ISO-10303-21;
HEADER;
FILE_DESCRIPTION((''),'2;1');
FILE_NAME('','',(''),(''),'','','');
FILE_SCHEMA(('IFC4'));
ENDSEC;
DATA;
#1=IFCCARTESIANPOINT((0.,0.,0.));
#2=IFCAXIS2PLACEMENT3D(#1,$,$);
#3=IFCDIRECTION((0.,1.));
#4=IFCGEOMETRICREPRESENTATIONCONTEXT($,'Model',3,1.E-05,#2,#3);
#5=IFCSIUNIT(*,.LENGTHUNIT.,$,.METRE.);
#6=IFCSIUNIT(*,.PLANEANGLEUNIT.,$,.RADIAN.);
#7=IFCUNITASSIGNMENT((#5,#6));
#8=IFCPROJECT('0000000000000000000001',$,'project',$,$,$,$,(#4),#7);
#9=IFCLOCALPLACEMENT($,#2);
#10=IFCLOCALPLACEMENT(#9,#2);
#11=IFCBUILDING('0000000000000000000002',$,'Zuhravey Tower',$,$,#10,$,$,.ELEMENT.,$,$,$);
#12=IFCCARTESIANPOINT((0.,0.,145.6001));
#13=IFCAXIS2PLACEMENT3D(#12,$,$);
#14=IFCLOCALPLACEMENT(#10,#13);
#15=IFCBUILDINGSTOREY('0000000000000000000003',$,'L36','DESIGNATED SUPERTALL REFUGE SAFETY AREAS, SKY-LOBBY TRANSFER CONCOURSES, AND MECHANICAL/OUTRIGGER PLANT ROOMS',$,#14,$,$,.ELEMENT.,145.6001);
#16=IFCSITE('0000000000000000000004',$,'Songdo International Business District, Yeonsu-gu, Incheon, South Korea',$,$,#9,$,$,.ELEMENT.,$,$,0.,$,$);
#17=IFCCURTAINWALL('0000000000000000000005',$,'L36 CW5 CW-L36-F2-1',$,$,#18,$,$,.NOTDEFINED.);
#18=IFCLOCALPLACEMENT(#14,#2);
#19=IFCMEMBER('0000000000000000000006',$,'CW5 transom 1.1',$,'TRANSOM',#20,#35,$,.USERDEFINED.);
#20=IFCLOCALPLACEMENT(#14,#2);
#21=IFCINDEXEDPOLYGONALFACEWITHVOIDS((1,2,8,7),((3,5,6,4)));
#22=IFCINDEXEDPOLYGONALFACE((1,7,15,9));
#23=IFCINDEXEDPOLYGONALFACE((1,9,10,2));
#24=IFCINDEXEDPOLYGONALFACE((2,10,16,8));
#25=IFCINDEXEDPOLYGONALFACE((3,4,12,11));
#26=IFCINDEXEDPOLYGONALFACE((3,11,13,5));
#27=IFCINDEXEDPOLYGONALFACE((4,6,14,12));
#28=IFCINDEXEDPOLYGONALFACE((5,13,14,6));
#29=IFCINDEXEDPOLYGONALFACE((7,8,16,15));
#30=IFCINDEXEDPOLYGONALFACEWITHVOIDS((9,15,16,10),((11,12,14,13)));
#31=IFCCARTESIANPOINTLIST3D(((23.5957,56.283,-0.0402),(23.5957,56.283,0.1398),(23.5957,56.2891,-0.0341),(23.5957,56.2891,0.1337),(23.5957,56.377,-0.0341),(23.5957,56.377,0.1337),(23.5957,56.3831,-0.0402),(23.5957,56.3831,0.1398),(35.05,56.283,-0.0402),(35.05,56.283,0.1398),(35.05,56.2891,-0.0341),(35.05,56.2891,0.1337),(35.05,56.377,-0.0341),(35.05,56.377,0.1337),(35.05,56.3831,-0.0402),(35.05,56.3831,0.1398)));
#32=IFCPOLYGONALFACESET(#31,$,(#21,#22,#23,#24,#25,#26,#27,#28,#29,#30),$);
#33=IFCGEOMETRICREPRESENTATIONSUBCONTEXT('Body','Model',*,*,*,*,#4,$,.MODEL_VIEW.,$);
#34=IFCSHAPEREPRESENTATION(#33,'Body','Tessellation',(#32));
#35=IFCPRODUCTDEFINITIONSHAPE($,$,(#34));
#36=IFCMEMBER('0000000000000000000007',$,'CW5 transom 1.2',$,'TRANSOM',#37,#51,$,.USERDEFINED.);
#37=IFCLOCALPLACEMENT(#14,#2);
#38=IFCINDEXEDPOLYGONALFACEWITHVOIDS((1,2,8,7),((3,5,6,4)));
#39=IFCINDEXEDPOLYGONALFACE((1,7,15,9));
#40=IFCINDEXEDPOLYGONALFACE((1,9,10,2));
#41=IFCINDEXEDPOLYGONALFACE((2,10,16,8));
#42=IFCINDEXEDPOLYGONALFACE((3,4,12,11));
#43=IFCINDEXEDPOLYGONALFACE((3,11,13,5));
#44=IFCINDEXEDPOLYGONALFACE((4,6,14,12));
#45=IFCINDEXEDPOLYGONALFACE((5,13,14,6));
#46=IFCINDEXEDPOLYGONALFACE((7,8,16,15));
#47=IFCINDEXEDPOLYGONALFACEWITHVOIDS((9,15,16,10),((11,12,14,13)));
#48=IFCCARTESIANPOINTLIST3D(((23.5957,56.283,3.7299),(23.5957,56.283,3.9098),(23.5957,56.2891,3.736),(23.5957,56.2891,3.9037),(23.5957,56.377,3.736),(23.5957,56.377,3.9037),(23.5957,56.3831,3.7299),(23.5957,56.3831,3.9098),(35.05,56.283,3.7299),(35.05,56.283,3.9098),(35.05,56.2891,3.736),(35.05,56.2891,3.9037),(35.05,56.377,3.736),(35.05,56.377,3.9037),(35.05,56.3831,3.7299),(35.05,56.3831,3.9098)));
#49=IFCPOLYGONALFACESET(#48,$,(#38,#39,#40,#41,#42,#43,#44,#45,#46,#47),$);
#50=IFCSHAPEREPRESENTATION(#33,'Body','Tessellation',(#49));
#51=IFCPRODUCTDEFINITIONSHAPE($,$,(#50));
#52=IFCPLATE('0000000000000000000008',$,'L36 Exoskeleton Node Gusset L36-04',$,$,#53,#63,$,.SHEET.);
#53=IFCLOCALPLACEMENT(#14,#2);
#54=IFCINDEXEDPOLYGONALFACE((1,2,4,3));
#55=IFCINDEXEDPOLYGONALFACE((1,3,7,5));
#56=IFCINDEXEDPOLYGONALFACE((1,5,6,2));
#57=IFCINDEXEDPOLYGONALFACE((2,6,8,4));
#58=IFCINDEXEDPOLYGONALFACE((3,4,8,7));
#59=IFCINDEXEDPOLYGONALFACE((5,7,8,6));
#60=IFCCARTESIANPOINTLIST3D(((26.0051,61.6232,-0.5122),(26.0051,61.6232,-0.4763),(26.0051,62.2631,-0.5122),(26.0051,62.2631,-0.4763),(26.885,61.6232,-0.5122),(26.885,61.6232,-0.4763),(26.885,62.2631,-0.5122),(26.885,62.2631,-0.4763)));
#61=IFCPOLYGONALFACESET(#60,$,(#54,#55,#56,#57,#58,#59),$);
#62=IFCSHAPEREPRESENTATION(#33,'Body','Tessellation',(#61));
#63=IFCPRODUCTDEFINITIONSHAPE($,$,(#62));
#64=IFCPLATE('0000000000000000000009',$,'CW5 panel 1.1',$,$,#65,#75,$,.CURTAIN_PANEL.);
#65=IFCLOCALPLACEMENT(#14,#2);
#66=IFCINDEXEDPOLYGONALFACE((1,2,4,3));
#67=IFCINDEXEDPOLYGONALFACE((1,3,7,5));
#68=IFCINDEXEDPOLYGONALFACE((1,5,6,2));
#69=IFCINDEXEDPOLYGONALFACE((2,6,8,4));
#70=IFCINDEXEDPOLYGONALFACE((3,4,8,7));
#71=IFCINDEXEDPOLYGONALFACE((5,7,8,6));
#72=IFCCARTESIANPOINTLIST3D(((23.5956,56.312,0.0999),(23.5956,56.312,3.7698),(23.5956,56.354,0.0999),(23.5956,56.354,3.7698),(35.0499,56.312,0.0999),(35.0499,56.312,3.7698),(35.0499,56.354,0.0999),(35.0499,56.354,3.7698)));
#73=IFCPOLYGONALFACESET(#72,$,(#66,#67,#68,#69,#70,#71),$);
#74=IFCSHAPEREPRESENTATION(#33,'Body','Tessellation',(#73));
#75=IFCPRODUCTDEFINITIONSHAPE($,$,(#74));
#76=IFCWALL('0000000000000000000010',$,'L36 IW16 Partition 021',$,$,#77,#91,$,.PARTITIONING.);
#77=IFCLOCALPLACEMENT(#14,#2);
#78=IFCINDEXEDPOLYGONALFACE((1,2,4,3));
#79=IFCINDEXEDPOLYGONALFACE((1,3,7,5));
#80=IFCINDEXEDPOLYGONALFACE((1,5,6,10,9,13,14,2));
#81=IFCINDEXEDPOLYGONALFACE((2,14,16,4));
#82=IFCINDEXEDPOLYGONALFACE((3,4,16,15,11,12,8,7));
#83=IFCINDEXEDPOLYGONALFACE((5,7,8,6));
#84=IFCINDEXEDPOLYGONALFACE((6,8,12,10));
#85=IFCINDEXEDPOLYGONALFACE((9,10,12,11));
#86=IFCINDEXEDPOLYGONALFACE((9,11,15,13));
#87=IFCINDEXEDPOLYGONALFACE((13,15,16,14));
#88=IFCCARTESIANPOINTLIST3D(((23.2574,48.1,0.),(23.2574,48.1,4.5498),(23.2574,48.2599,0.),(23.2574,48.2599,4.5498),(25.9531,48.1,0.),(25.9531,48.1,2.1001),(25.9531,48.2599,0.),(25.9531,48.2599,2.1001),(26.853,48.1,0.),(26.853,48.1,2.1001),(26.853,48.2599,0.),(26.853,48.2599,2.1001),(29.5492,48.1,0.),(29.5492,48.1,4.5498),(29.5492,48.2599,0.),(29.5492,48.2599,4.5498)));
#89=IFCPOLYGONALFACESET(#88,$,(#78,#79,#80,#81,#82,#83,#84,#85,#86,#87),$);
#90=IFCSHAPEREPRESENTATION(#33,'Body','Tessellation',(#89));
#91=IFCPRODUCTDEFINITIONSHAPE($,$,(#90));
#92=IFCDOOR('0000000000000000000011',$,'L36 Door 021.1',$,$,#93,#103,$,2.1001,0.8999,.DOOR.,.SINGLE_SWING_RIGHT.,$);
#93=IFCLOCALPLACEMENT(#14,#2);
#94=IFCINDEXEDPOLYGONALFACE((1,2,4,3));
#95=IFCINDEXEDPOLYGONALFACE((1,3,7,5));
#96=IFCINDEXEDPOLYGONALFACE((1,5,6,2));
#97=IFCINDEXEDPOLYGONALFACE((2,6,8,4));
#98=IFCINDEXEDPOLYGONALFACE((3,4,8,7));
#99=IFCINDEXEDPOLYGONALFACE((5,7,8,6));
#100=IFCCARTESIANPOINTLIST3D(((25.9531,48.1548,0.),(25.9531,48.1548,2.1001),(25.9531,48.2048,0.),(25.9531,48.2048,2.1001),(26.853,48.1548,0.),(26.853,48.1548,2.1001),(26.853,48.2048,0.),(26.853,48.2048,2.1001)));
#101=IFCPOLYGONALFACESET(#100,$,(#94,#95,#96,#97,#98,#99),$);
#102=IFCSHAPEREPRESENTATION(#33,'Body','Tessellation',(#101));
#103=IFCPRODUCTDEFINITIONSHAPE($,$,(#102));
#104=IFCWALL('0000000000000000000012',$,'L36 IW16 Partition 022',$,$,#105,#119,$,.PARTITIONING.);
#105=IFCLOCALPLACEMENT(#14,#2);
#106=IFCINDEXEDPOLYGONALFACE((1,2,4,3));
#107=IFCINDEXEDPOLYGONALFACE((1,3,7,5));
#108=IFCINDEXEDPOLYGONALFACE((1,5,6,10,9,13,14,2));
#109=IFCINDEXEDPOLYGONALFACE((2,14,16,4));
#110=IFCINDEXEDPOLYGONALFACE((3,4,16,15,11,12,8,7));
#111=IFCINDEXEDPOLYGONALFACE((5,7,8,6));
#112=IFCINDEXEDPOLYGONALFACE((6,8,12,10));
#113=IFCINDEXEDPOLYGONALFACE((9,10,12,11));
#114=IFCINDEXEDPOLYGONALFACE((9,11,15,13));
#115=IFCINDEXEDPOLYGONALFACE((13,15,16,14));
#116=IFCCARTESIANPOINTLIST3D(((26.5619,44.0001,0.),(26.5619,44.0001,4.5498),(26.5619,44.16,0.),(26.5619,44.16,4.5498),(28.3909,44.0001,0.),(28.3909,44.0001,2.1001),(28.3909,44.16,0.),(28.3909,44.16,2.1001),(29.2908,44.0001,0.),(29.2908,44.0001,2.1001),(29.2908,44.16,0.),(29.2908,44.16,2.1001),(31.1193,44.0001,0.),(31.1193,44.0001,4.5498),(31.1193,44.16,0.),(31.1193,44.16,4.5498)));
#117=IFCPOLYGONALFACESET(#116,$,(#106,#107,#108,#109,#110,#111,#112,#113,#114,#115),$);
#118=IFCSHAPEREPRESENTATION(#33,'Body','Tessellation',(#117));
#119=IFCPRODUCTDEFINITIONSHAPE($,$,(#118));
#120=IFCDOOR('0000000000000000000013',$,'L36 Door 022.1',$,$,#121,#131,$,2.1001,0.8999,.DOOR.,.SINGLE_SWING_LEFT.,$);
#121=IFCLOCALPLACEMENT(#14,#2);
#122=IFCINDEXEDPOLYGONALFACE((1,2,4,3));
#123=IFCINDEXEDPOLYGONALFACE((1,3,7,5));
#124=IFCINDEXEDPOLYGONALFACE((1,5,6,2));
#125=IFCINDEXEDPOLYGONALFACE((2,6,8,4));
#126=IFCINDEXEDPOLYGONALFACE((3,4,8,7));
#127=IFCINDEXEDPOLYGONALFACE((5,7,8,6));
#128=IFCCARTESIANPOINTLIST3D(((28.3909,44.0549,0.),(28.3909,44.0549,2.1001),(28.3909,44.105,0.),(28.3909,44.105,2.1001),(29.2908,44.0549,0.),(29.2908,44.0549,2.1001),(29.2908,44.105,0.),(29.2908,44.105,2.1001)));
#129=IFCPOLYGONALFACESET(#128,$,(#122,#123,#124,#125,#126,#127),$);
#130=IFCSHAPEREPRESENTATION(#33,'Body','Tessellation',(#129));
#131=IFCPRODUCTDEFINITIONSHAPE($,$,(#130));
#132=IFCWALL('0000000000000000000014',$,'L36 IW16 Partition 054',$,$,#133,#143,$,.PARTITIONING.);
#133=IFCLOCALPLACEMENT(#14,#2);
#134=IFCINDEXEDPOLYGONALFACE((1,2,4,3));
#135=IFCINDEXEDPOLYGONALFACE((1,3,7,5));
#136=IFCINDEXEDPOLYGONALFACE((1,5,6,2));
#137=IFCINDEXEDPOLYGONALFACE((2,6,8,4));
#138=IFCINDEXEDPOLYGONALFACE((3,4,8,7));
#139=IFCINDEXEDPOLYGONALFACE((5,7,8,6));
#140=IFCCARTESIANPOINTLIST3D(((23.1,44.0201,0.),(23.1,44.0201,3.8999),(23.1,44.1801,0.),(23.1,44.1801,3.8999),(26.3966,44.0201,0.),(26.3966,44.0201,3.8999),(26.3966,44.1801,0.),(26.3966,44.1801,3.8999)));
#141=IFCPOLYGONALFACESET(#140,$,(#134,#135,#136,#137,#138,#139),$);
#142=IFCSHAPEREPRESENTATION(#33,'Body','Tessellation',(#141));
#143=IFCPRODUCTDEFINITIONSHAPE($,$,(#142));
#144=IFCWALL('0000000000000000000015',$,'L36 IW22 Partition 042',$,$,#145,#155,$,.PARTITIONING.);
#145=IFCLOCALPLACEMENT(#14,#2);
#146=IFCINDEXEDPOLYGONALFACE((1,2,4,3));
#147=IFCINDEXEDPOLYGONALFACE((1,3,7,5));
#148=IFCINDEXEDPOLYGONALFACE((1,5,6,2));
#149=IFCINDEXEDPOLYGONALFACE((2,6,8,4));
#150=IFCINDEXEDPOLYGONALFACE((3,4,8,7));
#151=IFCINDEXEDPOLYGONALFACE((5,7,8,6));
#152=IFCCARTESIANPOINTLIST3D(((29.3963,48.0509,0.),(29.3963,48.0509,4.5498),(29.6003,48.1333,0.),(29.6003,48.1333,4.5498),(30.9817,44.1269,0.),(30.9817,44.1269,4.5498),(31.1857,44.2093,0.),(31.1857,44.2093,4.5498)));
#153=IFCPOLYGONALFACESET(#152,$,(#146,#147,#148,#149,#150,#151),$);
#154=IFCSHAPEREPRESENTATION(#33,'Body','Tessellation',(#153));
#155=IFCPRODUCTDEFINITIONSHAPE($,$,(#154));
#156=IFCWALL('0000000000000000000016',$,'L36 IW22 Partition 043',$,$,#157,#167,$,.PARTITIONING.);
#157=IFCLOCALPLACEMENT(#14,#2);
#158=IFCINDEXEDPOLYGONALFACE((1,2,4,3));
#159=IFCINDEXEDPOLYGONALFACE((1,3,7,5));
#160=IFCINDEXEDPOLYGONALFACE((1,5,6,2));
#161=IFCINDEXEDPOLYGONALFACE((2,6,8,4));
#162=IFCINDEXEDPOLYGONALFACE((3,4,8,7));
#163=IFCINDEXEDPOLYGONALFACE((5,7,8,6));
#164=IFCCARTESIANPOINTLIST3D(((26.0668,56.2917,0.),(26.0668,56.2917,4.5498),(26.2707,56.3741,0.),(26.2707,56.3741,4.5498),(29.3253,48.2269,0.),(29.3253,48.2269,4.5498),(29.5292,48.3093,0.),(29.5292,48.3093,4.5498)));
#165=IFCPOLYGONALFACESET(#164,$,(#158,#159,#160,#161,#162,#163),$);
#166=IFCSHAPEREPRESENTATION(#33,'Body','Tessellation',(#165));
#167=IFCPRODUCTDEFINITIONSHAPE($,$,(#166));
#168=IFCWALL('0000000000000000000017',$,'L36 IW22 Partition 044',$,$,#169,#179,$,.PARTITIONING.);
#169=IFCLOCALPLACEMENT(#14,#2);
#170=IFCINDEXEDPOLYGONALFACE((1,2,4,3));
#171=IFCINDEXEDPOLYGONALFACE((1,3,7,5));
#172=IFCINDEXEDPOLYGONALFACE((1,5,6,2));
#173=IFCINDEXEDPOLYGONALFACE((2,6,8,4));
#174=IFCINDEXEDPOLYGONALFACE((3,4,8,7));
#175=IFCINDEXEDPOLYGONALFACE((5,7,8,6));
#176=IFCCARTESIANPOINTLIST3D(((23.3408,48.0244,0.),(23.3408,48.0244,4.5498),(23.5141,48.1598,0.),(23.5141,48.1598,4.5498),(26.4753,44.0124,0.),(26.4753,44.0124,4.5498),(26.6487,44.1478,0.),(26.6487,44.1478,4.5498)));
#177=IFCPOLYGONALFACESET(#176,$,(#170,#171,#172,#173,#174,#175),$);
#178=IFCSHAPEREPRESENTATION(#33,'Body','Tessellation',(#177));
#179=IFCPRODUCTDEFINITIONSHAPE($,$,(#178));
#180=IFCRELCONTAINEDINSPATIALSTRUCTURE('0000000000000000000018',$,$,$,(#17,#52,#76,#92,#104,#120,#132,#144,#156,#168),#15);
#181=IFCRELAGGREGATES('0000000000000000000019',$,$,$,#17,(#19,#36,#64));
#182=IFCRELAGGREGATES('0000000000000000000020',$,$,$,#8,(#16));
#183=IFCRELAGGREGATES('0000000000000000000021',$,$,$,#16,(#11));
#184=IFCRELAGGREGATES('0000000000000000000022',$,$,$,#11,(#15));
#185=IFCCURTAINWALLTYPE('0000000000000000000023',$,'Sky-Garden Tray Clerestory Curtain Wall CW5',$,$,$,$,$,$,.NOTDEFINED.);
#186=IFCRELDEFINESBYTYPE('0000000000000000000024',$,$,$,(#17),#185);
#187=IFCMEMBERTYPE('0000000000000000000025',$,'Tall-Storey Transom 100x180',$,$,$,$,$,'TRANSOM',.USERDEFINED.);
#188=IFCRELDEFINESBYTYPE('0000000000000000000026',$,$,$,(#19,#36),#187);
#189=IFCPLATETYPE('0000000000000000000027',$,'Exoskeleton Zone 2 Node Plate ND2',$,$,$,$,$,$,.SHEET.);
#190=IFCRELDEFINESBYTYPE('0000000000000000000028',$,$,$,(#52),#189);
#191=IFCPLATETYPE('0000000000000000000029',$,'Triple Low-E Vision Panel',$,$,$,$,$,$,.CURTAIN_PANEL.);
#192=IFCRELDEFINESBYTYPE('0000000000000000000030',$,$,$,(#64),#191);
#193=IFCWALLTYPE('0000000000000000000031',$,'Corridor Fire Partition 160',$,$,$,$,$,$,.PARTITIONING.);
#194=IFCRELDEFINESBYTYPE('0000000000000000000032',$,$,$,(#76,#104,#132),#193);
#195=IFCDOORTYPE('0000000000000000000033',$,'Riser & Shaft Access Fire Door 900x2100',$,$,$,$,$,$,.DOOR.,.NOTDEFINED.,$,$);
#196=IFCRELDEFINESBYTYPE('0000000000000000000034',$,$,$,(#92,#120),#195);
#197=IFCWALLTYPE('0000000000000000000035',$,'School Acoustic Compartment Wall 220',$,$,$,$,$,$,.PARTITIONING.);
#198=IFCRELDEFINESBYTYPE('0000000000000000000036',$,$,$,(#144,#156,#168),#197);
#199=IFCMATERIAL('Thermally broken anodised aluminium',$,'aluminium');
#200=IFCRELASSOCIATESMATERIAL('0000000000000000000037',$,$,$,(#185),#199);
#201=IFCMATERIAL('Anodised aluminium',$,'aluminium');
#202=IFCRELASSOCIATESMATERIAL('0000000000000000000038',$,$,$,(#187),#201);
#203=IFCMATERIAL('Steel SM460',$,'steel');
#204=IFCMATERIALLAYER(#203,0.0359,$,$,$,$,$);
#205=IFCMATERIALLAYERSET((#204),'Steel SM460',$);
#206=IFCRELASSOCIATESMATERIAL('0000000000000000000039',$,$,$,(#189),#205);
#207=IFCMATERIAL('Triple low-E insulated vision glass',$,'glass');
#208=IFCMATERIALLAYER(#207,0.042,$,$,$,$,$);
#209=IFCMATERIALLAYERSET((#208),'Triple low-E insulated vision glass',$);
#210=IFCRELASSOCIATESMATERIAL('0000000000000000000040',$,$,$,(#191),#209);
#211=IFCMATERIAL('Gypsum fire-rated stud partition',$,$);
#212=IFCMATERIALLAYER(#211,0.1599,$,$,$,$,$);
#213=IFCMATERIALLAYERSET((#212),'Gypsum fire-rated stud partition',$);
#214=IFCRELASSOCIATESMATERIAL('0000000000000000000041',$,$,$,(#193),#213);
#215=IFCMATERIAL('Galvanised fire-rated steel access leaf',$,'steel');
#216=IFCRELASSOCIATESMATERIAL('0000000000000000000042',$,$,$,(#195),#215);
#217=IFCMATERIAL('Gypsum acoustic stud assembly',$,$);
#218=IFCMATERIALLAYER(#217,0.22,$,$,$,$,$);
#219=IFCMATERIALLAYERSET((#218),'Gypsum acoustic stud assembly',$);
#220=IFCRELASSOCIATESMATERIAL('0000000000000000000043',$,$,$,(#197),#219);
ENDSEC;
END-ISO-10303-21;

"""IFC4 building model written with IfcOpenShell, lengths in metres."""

from ifc_helpers import new_model, si_unit, direction, frame, frame_2d, origin, origin_2d, place, context, subcontext, project, spatial, rectangle, hollow_rectangle, extrude, material, layer, layer_set, material_profile, profile_set, type_object, element, fill, aggregate, save


model = new_model("IFC4")

# Units and contexts
model_context = context("Model", 3, precision=1e-05, world=origin(), true_north=direction((0.0, 1.0)))
body_context = subcontext(model_context, "Body", "Model", "MODEL_VIEW")
ifc_project = project(units=[si_unit("LENGTHUNIT", "METRE"), si_unit("PLANEANGLEUNIT", "RADIAN")], contexts=[model_context])

# Site, building, storey
site_placement = place(None, origin())
site = spatial("IfcSite", under=ifc_project, at=site_placement, Name="Songdo International Business District, Yeonsu-gu, Incheon, South Korea", CompositionType="ELEMENT", RefElevation=0.0)
building_placement = place(site_placement, origin())
building = spatial("IfcBuilding", under=site, at=building_placement, Name="Zuhravey Tower", CompositionType="ELEMENT")
storey_placement = place(building_placement, frame((0.0, 0.0, 145.6001)))
storey = spatial("IfcBuildingStorey", under=building, at=storey_placement, Name="L36", Description="DESIGNATED SUPERTALL REFUGE SAFETY AREAS, SKY-LOBBY TRANSFER CONCOURSES, AND MECHANICAL/OUTRIGGER PLANT ROOMS", CompositionType="ELEMENT", Elevation=145.6001)

# Shared definitions
ifc_material_1 = material(Name="Steel SM460", Category="steel")

# Curtain wall
ifc_material_2 = material(Name="Thermally broken anodised aluminium", Category="aluminium")
curtain_wall_type = type_object("IfcCurtainWallType", Name="Sky-Garden Tray Clerestory Curtain Wall CW5", PredefinedType="NOTDEFINED", material=ifc_material_2)
curtain_wall_placement = place(storey_placement, origin())
curtain_wall = element("IfcCurtainWall", 1, at=curtain_wall_placement, inside=storey, type_object=curtain_wall_type, Name="L36 CW5 CW-L36-F2-1", PredefinedType="NOTDEFINED")
ifc_material_3 = material(Name="Anodised aluminium", Category="aluminium")

# Members
ifc_material_profile_1 = material_profile(ifc_material_3, hollow_rectangle(XDim=0.1001, YDim=0.1799, WallThickness=0.0061, at=origin_2d()), Name="ALU-RHS-100x180x6")
ifc_profile_set_1 = profile_set([ifc_material_profile_1], Name="Anodised aluminium")
member_type_1 = type_object("IfcMemberType", Name="Tall-Storey Transom 100x180", ElementType="TRANSOM", PredefinedType="USERDEFINED", material=ifc_profile_set_1)
member_1_placement = place(storey_placement, frame((23.5957, 56.333, 0.0498), z_axis=(1.0, 0.0, 0.0), x_axis=(0.0, 1.0, 0.0)))
member_1 = element("IfcMember", 2, at=member_1_placement, type_object=member_type_1, Name="CW5 transom 1.1", ObjectType="TRANSOM", PredefinedType="USERDEFINED", context=body_context, shape_type="SweptSolid", body=[
    extrude(hollow_rectangle(XDim=0.1001, YDim=0.1799, WallThickness=0.0061, at=origin_2d()), origin(), (0.0, 0.0, 1.0), 11.4543),
])
member_2_placement = place(storey_placement, frame((23.5957, 56.333, 3.8198), z_axis=(1.0, 0.0, 0.0), x_axis=(0.0, 1.0, 0.0)))
member_2 = element("IfcMember", 3, at=member_2_placement, type_object=member_type_1, Name="CW5 transom 1.2", ObjectType="TRANSOM", PredefinedType="USERDEFINED", context=body_context, shape_type="SweptSolid", body=[
    extrude(hollow_rectangle(XDim=0.1001, YDim=0.1799, WallThickness=0.0061, at=origin_2d()), origin(), (0.0, 0.0, 1.0), 11.4543),
])

# Plates
ifc_layer_1 = layer(ifc_material_1, 0.0359)
ifc_layer_set_1 = layer_set([ifc_layer_1], Name="Steel SM460")
plate_type_1 = type_object("IfcPlateType", Name="Exoskeleton Zone 2 Node Plate ND2", PredefinedType="SHEET", material=ifc_layer_set_1)
plate_1_placement = place(storey_placement, frame((26.4451, 61.9431, -0.5122), z_axis=(0.0, 0.0, 1.0), x_axis=(-1.0, 0.0, 0.0)))
element("IfcPlate", 4, at=plate_1_placement, inside=storey, type_object=plate_type_1, Name="L36 Exoskeleton Node Gusset L36-04", PredefinedType="SHEET", context=body_context, shape_type="SweptSolid", body=[
    extrude(rectangle(XDim=0.8799, YDim=0.6399, at=origin_2d()), origin(), (0.0, 0.0, 1.0), 0.0359),
])
ifc_material_4 = material(Name="Triple low-E insulated vision glass", Category="glass")
ifc_layer_2 = layer(ifc_material_4, 0.042)
ifc_layer_set_2 = layer_set([ifc_layer_2], Name="Triple low-E insulated vision glass")
plate_type_2 = type_object("IfcPlateType", Name="Triple Low-E Vision Panel", PredefinedType="CURTAIN_PANEL", material=ifc_layer_set_2)
plate_2_placement = place(storey_placement, frame((29.3228, 56.333, 0.0999), z_axis=(0.0, 0.0, 1.0), x_axis=(1.0, 0.0, 0.0)))
plate_2 = element("IfcPlate", 5, at=plate_2_placement, type_object=plate_type_2, Name="CW5 panel 1.1", PredefinedType="CURTAIN_PANEL", context=body_context, shape_type="SweptSolid", body=[
    extrude(rectangle(XDim=11.4543, YDim=0.042, at=origin_2d()), origin(), (0.0, 0.0, 1.0), 3.6699),
])
aggregate(curtain_wall, [member_1, member_2, plate_2])

# Walls, openings, doors
ifc_material_5 = material(Name="Gypsum fire-rated stud partition")
ifc_layer_3 = layer(ifc_material_5, 0.1599)
ifc_layer_set_3 = layer_set([ifc_layer_3], Name="Gypsum fire-rated stud partition")
wall_type_1 = type_object("IfcWallType", Name="Corridor Fire Partition 160", PredefinedType="PARTITIONING", material=ifc_layer_set_3)
wall_1_placement = place(storey_placement, frame((23.2573, 48.1799, 0.0), z_axis=(0.0, 0.0, 1.0), x_axis=(1.0, 0.0, 0.0)))
wall_1 = element("IfcWall", 6, at=wall_1_placement, inside=storey, type_object=wall_type_1, Name="L36 IW16 Partition 021", PredefinedType="PARTITIONING", context=body_context, shape_type="SweptSolid", body=[
    extrude(rectangle(XDim=6.2917, YDim=0.1599, at=frame_2d((3.146, 0.0))), origin(), (0.0, 0.0, 1.0), 4.5498),
])
opening_1_placement = place(wall_1_placement, frame((2.6958, 0.0, 0.0)))
opening_1 = element("IfcOpeningElement", 7, at=opening_1_placement, cuts=wall_1, PredefinedType="OPENING", context=body_context, shape_type="SweptSolid", body=[
    extrude(rectangle(XDim=0.8999, YDim=2.1001, at=frame_2d((0.45, 1.05))), frame((0.0, 0.092, 0.0), z_axis=(0.0, -1.0, 0.0), x_axis=(1.0, 0.0, 0.0)), (0.0, 0.0, 1.0), 0.1838),
])
ifc_material_6 = material(Name="Galvanised fire-rated steel access leaf", Category="steel")
door_type = type_object("IfcDoorType", Name="Riser & Shaft Access Fire Door 900x2100", OperationType="NOTDEFINED", PredefinedType="DOOR", material=ifc_material_6)
door_1_placement = place(opening_1_placement, origin())
door_1 = element("IfcDoor", 8, at=door_1_placement, inside=storey, type_object=door_type, Name="L36 Door 021.1", OperationType="SINGLE_SWING_RIGHT", OverallHeight=2.1001, OverallWidth=0.8999, PredefinedType="DOOR", context=body_context, shape_type="SweptSolid", body=[
    extrude(rectangle(XDim=0.8999, YDim=2.1001, at=frame_2d((0.45, 1.05))), frame((0.0, 0.0249, 0.0), z_axis=(0.0, -1.0, 0.0), x_axis=(1.0, 0.0, 0.0)), (0.0, 0.0, 1.0), 0.05),
])
fill(opening_1, door_1)
wall_2_placement = place(storey_placement, frame((31.1194, 44.0801, 0.0), z_axis=(0.0, 0.0, 1.0), x_axis=(-1.0, 0.0, 0.0)))
wall_2 = element("IfcWall", 9, at=wall_2_placement, inside=storey, type_object=wall_type_1, Name="L36 IW16 Partition 022", PredefinedType="PARTITIONING", context=body_context, shape_type="SweptSolid", body=[
    extrude(rectangle(XDim=4.5574, YDim=0.1599, at=frame_2d((2.2788, 0.0))), origin(), (0.0, 0.0, 1.0), 4.5498),
])
opening_2_placement = place(wall_2_placement, frame((1.8286, 0.0, 0.0)))
opening_2 = element("IfcOpeningElement", 10, at=opening_2_placement, cuts=wall_2, PredefinedType="OPENING", context=body_context, shape_type="SweptSolid", body=[
    extrude(rectangle(XDim=0.8999, YDim=2.1001, at=frame_2d((0.45, 1.05))), frame((0.0, 0.092, 0.0), z_axis=(0.0, -1.0, 0.0), x_axis=(1.0, 0.0, 0.0)), (0.0, 0.0, 1.0), 0.1838),
])
door_2_placement = place(opening_2_placement, frame((0.8999, 0.0, 0.0), z_axis=(0.0, 0.0, 1.0), x_axis=(-1.0, 0.0, 0.0)))
door_2 = element("IfcDoor", 11, at=door_2_placement, inside=storey, type_object=door_type, Name="L36 Door 022.1", OperationType="SINGLE_SWING_LEFT", OverallHeight=2.1001, OverallWidth=0.8999, PredefinedType="DOOR", context=body_context, shape_type="SweptSolid", body=[
    extrude(rectangle(XDim=0.8999, YDim=2.1001, at=frame_2d((0.45, 1.05))), frame((0.0, 0.0249, 0.0), z_axis=(0.0, -1.0, 0.0), x_axis=(1.0, 0.0, 0.0)), (0.0, 0.0, 1.0), 0.05),
])
fill(opening_2, door_2)

# Walls
wall_3_placement = place(storey_placement, frame((26.3967, 44.1001, 0.0), z_axis=(0.0, 0.0, 1.0), x_axis=(-1.0, 0.0, 0.0)))
element("IfcWall", 12, at=wall_3_placement, inside=storey, type_object=wall_type_1, Name="L36 IW16 Partition 054", PredefinedType="PARTITIONING", context=body_context, shape_type="SweptSolid", body=[
    extrude(rectangle(XDim=3.2966, YDim=0.1599, at=frame_2d((1.6484, 0.0))), origin(), (0.0, 0.0, 1.0), 3.8999),
])
ifc_material_7 = material(Name="Gypsum acoustic stud assembly")
ifc_layer_4 = layer(ifc_material_7, 0.22)
ifc_layer_set_4 = layer_set([ifc_layer_4], Name="Gypsum acoustic stud assembly")
wall_type_2 = type_object("IfcWallType", Name="School Acoustic Compartment Wall 220", PredefinedType="PARTITIONING", material=ifc_layer_set_4)
wall_4_placement = place(storey_placement, frame((31.0837, 44.168, 0.0), z_axis=(0.0, 0.0, 1.0), x_axis=(-0.374611, 0.927182, 0.0)))
element("IfcWall", 13, at=wall_4_placement, inside=storey, type_object=wall_type_2, Name="L36 IW22 Partition 042", PredefinedType="PARTITIONING", context=body_context, shape_type="SweptSolid", body=[
    extrude(rectangle(XDim=4.2322, YDim=0.22, at=frame_2d((2.1162, 0.0))), origin(), (0.0, 0.0, 1.0), 4.5498),
])
wall_5_placement = place(storey_placement, frame((29.4272, 48.2681, 0.0), z_axis=(0.0, 0.0, 1.0), x_axis=(-0.374616, 0.92718, 0.0)))
element("IfcWall", 14, at=wall_5_placement, inside=storey, type_object=wall_type_2, Name="L36 IW22 Partition 043", PredefinedType="PARTITIONING", context=body_context, shape_type="SweptSolid", body=[
    extrude(rectangle(XDim=8.6982, YDim=0.22, at=frame_2d((4.3491, 0.0))), origin(), (0.0, 0.0, 1.0), 4.5498),
])
wall_6_placement = place(storey_placement, frame((26.562, 44.0801, 0.0), z_axis=(0.0, 0.0, 1.0), x_axis=(-0.615665, 0.788008, 0.0)))
element("IfcWall", 15, at=wall_6_placement, inside=storey, type_object=wall_type_2, Name="L36 IW22 Partition 044", PredefinedType="PARTITIONING", context=body_context, shape_type="SweptSolid", body=[
    extrude(rectangle(XDim=5.0913, YDim=0.22, at=frame_2d((2.5457, 0.0))), origin(), (0.0, 0.0, 1.0), 4.5498),
])

save(model, "model.ifc")
